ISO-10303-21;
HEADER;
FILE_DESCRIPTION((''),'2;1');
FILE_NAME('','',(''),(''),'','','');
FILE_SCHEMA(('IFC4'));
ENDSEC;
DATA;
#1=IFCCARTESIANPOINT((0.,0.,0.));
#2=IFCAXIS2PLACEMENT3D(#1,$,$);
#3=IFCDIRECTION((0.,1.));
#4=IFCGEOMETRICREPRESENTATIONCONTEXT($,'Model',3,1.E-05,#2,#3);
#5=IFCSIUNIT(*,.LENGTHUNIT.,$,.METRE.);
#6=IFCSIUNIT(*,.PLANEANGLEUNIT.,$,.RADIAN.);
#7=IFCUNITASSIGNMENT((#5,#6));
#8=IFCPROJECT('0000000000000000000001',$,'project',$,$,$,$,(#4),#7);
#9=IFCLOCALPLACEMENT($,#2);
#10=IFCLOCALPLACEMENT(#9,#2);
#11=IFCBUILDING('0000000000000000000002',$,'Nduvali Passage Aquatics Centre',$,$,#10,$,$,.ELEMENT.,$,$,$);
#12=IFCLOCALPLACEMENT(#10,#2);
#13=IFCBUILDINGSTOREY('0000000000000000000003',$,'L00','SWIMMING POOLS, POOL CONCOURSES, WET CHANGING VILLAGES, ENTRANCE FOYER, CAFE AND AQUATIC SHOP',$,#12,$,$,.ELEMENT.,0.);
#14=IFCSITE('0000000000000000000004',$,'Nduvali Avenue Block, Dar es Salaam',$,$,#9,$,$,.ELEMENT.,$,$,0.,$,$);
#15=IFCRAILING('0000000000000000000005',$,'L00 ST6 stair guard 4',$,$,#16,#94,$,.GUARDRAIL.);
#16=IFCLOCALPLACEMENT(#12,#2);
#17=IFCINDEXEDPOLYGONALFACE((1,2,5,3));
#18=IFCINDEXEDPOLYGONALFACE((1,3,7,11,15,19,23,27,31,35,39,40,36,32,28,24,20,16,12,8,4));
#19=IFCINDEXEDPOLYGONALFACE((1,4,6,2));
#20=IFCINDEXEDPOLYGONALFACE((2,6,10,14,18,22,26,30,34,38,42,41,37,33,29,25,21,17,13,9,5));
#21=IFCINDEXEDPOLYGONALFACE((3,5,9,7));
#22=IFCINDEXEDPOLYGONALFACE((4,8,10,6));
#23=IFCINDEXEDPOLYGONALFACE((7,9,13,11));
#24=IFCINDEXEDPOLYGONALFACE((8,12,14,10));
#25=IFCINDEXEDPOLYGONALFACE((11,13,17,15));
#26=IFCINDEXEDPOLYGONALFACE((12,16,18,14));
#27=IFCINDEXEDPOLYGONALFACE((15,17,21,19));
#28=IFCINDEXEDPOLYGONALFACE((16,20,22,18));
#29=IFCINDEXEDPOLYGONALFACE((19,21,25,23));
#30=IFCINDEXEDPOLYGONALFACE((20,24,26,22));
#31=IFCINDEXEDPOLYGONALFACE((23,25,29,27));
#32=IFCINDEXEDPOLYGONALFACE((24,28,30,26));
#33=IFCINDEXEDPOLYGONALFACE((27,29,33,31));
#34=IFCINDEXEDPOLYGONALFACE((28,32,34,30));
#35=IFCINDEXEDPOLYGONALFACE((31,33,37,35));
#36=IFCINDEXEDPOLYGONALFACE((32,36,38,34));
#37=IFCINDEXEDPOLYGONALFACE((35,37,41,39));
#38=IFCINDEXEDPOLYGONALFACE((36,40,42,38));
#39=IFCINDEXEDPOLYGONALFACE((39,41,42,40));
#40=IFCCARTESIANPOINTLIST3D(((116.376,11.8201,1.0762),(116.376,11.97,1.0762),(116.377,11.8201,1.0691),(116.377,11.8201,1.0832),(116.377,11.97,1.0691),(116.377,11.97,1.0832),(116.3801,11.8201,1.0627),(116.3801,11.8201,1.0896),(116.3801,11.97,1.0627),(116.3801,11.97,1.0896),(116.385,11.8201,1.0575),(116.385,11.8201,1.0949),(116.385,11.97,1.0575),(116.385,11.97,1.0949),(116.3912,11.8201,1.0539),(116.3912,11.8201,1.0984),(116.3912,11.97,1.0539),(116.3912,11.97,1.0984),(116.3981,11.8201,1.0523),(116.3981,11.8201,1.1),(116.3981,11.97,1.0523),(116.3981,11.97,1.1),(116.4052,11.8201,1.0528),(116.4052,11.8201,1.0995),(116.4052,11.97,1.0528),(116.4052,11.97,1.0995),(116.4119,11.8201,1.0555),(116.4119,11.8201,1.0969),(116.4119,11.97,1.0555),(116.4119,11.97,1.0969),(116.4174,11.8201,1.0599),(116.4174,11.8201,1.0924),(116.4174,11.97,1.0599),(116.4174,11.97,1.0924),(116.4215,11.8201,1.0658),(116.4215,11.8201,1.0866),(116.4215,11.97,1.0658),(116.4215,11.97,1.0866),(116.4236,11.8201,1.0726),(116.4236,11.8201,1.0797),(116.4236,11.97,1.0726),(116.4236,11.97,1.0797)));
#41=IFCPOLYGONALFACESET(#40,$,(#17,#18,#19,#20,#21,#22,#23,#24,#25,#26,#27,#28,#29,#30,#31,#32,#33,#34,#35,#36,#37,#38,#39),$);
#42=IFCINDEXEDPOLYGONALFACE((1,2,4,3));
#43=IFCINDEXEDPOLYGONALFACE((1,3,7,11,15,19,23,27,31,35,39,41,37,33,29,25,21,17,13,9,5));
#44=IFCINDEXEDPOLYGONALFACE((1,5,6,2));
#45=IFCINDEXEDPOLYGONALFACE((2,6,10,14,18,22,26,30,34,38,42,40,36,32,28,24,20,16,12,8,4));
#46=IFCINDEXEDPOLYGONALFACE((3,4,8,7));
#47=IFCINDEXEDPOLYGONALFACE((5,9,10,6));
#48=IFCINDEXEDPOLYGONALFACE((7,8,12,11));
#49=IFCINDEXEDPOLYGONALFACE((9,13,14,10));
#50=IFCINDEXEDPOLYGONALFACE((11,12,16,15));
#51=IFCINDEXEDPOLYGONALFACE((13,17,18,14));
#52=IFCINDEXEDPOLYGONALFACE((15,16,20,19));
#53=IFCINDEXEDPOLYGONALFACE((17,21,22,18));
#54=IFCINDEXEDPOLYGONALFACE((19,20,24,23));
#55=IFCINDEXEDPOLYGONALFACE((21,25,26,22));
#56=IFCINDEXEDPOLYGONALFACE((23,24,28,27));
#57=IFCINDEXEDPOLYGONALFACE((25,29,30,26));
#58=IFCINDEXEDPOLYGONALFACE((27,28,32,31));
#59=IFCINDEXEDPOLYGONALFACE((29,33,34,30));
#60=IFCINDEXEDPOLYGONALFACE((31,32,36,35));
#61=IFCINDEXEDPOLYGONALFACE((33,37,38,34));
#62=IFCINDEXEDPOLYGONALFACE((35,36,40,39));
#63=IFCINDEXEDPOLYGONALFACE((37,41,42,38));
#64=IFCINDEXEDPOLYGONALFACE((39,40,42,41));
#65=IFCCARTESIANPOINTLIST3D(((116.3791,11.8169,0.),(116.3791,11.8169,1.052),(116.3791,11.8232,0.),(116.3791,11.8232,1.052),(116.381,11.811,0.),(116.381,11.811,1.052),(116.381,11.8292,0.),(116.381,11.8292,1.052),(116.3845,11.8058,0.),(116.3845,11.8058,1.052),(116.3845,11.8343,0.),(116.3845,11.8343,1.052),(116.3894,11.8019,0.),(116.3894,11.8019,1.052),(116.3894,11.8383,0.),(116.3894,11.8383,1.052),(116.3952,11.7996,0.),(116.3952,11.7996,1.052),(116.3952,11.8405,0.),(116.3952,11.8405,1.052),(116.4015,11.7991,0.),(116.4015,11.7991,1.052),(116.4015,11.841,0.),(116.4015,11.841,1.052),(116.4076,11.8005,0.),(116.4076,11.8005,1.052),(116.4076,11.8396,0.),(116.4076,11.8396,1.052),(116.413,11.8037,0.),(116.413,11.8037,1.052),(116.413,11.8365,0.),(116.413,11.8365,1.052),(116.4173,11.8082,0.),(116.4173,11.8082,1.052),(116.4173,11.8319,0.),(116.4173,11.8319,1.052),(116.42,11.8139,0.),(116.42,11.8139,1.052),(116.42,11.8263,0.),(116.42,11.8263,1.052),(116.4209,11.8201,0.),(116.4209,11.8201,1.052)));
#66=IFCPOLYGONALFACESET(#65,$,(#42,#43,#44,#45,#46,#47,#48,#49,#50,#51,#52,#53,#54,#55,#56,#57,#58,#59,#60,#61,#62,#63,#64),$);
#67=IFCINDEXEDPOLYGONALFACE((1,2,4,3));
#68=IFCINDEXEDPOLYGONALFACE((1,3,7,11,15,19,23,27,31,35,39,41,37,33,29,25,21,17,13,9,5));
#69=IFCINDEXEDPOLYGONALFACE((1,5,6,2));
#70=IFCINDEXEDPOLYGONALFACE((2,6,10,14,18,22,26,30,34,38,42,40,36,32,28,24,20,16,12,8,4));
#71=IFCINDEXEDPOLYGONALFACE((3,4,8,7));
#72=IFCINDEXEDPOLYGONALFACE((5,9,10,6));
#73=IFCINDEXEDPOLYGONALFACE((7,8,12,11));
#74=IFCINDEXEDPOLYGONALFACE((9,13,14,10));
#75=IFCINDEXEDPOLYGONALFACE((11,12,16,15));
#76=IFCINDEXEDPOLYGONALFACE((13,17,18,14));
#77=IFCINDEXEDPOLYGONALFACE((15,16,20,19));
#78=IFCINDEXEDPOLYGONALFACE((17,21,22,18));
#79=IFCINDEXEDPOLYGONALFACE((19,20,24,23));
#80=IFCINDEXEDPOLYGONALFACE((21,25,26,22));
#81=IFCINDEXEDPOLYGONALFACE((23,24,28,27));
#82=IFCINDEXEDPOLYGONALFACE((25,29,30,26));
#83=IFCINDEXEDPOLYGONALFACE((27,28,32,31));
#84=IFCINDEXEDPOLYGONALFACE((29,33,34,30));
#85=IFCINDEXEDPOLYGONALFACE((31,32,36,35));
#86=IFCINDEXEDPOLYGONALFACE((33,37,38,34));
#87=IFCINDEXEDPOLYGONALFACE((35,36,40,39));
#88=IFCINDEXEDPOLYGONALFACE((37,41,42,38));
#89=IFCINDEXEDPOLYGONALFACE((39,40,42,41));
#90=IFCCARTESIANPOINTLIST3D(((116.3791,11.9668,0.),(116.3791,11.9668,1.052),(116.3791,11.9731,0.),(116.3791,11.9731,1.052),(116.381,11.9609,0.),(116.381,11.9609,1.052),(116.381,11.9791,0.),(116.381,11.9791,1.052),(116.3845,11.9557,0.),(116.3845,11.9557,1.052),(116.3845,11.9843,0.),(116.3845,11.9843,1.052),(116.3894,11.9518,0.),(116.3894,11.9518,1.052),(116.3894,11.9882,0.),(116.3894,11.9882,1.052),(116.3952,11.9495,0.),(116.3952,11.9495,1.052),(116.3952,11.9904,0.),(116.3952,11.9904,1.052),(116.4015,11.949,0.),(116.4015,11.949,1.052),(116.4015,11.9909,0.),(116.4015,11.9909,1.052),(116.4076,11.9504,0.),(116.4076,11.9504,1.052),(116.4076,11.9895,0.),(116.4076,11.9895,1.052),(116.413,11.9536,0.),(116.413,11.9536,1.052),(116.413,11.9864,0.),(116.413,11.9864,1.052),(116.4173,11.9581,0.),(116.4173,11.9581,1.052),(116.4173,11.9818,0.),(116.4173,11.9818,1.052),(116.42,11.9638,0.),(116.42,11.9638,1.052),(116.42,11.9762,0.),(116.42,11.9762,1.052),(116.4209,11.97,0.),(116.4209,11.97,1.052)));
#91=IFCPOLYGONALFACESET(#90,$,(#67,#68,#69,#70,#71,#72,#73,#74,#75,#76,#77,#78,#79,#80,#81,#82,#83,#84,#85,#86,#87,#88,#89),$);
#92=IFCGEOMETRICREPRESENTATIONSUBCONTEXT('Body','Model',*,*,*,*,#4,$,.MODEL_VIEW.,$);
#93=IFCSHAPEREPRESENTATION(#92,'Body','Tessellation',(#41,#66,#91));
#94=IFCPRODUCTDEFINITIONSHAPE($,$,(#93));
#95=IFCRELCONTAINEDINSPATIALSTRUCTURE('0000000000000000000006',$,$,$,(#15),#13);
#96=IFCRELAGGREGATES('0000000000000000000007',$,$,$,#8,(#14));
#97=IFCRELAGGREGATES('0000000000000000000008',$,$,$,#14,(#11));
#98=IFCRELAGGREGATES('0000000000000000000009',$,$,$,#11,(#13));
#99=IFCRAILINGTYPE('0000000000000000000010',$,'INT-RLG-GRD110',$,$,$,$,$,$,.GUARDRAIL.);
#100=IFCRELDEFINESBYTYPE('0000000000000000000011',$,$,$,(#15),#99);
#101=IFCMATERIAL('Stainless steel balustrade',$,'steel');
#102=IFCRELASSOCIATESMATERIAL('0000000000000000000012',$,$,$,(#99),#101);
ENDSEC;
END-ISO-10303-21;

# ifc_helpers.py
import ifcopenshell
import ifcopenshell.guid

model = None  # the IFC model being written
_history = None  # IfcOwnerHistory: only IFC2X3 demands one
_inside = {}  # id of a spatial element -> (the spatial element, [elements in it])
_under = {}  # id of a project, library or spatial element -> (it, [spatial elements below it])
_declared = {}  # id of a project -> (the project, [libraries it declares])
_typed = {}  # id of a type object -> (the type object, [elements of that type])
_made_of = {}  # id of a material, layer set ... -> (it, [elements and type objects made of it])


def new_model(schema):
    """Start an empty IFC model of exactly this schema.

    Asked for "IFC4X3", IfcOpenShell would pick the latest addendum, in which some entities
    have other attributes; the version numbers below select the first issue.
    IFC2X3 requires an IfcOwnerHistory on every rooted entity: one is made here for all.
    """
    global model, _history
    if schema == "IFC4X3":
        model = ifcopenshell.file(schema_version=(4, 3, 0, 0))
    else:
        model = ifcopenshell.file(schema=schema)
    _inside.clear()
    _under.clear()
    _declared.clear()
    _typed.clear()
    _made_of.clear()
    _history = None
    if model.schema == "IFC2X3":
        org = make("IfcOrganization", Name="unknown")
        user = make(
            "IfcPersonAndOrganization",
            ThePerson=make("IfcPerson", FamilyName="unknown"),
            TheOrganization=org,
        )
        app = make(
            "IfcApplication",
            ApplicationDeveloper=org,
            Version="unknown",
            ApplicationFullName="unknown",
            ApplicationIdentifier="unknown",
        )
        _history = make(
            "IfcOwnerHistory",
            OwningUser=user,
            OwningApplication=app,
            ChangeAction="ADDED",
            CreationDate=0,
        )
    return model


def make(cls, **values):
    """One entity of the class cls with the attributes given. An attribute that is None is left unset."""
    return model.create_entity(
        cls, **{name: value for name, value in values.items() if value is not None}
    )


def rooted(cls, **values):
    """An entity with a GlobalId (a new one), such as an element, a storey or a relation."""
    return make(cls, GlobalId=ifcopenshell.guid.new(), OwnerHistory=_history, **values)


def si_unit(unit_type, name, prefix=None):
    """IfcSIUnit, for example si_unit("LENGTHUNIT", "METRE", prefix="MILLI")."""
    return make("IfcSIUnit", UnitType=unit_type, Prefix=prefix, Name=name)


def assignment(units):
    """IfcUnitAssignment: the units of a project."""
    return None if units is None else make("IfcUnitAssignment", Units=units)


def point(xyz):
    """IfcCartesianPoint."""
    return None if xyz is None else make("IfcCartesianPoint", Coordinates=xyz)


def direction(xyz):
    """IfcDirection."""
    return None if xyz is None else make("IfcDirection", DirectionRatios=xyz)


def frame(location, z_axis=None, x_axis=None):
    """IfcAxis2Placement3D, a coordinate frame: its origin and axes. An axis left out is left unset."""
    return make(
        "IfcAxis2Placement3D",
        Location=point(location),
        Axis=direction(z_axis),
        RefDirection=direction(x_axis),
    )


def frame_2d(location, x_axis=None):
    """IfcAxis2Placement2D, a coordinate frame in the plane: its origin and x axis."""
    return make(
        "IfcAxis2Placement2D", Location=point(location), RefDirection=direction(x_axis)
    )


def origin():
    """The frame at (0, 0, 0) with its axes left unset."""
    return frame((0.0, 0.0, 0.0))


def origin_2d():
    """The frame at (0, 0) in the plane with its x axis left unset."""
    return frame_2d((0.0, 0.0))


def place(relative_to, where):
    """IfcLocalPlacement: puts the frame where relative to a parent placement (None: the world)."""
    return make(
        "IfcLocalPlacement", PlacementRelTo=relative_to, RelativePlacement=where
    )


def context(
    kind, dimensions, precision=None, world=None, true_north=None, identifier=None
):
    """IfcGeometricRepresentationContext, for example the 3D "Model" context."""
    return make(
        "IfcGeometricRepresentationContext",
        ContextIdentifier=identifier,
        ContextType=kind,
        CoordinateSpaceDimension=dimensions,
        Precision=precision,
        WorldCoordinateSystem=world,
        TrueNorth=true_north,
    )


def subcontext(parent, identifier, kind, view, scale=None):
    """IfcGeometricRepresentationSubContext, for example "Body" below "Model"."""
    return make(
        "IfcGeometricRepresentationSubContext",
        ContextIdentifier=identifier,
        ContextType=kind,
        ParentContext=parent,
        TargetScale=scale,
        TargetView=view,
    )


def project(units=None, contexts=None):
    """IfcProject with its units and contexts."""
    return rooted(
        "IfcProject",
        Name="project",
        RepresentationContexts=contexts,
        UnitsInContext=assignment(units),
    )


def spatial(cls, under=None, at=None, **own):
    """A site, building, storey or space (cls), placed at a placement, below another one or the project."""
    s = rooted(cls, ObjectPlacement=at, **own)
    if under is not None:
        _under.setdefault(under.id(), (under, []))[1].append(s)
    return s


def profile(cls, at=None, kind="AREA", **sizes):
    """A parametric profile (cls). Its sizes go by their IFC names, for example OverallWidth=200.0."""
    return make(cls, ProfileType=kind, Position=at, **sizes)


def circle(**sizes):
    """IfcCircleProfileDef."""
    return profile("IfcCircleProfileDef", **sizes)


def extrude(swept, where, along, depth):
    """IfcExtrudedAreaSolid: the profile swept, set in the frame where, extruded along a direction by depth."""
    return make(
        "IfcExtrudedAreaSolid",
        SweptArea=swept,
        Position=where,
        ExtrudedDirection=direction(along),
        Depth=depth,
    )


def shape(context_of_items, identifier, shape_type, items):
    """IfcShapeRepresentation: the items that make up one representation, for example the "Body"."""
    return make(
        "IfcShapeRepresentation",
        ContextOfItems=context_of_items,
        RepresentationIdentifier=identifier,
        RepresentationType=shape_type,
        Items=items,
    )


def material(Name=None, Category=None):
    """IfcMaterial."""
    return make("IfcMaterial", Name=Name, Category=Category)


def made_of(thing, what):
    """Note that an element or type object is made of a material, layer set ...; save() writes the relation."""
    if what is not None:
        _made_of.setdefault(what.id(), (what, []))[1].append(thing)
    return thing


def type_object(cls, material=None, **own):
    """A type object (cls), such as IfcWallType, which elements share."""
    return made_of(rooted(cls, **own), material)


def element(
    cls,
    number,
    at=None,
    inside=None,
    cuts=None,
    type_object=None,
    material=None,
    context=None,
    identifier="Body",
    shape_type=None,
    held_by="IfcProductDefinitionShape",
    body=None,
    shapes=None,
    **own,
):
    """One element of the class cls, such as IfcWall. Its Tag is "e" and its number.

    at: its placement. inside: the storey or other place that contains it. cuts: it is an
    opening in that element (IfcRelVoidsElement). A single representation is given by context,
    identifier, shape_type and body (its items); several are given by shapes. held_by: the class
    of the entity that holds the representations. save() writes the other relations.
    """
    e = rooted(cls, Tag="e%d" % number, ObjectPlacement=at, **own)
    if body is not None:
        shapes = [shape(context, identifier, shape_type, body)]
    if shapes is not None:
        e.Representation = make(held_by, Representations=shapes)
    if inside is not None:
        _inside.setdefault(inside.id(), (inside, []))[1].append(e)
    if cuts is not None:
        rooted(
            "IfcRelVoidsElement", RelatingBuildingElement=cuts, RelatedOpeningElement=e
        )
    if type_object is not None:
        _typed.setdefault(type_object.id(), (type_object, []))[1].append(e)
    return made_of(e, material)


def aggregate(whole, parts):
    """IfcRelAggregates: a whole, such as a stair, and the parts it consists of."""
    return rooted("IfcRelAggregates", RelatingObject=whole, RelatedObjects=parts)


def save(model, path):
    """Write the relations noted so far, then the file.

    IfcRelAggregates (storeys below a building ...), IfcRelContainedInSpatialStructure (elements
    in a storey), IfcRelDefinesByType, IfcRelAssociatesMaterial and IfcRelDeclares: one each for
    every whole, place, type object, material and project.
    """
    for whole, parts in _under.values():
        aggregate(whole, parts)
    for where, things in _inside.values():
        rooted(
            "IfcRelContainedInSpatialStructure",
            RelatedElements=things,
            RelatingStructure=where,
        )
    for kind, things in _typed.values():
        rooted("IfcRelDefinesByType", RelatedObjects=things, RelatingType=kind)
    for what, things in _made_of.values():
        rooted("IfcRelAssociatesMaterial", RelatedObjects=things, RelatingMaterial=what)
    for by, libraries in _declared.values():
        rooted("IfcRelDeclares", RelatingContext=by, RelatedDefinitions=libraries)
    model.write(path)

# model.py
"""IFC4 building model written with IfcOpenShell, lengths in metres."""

from ifc_helpers import new_model, si_unit, direction, frame, origin, origin_2d, place, context, subcontext, project, spatial, circle, extrude, material, type_object, element, save


model = new_model("IFC4")

# Units and contexts
model_context = context("Model", 3, precision=1e-05, world=origin(), true_north=direction((0.0, 1.0)))
body_context = subcontext(model_context, "Body", "Model", "MODEL_VIEW")
ifc_project = project(units=[si_unit("LENGTHUNIT", "METRE"), si_unit("PLANEANGLEUNIT", "RADIAN")], contexts=[model_context])

# Site, building, storey
site_placement = place(None, origin())
site = spatial("IfcSite", under=ifc_project, at=site_placement, Name="Nduvali Avenue Block, Dar es Salaam", CompositionType="ELEMENT", RefElevation=0.0)
building_placement = place(site_placement, origin())
building = spatial("IfcBuilding", under=site, at=building_placement, Name="Nduvali Passage Aquatics Centre", CompositionType="ELEMENT")
storey_placement = place(building_placement, origin())
storey = spatial("IfcBuildingStorey", under=building, at=storey_placement, Name="L00", Description="SWIMMING POOLS, POOL CONCOURSES, WET CHANGING VILLAGES, ENTRANCE FOYER, CAFE AND AQUATIC SHOP", CompositionType="ELEMENT", Elevation=0.0)

# Railing
ifc_material_1 = material(Name="Stainless steel balustrade", Category="steel")
railing_type_1 = type_object("IfcRailingType", Name="INT-RLG-GRD110", PredefinedType="GUARDRAIL", material=ifc_material_1)
railing_1_placement = place(storey_placement, frame((116.3999, 11.8201, 0.0)))
element("IfcRailing", 1, at=railing_1_placement, inside=storey, type_object=railing_type_1, Name="L00 ST6 stair guard 4", PredefinedType="GUARDRAIL", context=body_context, shape_type="SweptSolid", body=[
    extrude(circle(Radius=0.0239, at=origin_2d()), frame((0.0, 0.0, 1.0762), z_axis=(0.0, 1.0, 0.0), x_axis=(-1.0, 0.0, 0.0)), (0.0, 0.0, 1.0), 0.1499),
    extrude(circle(Radius=0.021, at=origin_2d()), origin(), (0.0, 0.0, 1.0), 1.052),
    extrude(circle(Radius=0.021, at=origin_2d()), frame((0.0, 0.1499, 0.0)), (0.0, 0.0, 1.0), 1.052),
])

save(model, "model.ifc")
